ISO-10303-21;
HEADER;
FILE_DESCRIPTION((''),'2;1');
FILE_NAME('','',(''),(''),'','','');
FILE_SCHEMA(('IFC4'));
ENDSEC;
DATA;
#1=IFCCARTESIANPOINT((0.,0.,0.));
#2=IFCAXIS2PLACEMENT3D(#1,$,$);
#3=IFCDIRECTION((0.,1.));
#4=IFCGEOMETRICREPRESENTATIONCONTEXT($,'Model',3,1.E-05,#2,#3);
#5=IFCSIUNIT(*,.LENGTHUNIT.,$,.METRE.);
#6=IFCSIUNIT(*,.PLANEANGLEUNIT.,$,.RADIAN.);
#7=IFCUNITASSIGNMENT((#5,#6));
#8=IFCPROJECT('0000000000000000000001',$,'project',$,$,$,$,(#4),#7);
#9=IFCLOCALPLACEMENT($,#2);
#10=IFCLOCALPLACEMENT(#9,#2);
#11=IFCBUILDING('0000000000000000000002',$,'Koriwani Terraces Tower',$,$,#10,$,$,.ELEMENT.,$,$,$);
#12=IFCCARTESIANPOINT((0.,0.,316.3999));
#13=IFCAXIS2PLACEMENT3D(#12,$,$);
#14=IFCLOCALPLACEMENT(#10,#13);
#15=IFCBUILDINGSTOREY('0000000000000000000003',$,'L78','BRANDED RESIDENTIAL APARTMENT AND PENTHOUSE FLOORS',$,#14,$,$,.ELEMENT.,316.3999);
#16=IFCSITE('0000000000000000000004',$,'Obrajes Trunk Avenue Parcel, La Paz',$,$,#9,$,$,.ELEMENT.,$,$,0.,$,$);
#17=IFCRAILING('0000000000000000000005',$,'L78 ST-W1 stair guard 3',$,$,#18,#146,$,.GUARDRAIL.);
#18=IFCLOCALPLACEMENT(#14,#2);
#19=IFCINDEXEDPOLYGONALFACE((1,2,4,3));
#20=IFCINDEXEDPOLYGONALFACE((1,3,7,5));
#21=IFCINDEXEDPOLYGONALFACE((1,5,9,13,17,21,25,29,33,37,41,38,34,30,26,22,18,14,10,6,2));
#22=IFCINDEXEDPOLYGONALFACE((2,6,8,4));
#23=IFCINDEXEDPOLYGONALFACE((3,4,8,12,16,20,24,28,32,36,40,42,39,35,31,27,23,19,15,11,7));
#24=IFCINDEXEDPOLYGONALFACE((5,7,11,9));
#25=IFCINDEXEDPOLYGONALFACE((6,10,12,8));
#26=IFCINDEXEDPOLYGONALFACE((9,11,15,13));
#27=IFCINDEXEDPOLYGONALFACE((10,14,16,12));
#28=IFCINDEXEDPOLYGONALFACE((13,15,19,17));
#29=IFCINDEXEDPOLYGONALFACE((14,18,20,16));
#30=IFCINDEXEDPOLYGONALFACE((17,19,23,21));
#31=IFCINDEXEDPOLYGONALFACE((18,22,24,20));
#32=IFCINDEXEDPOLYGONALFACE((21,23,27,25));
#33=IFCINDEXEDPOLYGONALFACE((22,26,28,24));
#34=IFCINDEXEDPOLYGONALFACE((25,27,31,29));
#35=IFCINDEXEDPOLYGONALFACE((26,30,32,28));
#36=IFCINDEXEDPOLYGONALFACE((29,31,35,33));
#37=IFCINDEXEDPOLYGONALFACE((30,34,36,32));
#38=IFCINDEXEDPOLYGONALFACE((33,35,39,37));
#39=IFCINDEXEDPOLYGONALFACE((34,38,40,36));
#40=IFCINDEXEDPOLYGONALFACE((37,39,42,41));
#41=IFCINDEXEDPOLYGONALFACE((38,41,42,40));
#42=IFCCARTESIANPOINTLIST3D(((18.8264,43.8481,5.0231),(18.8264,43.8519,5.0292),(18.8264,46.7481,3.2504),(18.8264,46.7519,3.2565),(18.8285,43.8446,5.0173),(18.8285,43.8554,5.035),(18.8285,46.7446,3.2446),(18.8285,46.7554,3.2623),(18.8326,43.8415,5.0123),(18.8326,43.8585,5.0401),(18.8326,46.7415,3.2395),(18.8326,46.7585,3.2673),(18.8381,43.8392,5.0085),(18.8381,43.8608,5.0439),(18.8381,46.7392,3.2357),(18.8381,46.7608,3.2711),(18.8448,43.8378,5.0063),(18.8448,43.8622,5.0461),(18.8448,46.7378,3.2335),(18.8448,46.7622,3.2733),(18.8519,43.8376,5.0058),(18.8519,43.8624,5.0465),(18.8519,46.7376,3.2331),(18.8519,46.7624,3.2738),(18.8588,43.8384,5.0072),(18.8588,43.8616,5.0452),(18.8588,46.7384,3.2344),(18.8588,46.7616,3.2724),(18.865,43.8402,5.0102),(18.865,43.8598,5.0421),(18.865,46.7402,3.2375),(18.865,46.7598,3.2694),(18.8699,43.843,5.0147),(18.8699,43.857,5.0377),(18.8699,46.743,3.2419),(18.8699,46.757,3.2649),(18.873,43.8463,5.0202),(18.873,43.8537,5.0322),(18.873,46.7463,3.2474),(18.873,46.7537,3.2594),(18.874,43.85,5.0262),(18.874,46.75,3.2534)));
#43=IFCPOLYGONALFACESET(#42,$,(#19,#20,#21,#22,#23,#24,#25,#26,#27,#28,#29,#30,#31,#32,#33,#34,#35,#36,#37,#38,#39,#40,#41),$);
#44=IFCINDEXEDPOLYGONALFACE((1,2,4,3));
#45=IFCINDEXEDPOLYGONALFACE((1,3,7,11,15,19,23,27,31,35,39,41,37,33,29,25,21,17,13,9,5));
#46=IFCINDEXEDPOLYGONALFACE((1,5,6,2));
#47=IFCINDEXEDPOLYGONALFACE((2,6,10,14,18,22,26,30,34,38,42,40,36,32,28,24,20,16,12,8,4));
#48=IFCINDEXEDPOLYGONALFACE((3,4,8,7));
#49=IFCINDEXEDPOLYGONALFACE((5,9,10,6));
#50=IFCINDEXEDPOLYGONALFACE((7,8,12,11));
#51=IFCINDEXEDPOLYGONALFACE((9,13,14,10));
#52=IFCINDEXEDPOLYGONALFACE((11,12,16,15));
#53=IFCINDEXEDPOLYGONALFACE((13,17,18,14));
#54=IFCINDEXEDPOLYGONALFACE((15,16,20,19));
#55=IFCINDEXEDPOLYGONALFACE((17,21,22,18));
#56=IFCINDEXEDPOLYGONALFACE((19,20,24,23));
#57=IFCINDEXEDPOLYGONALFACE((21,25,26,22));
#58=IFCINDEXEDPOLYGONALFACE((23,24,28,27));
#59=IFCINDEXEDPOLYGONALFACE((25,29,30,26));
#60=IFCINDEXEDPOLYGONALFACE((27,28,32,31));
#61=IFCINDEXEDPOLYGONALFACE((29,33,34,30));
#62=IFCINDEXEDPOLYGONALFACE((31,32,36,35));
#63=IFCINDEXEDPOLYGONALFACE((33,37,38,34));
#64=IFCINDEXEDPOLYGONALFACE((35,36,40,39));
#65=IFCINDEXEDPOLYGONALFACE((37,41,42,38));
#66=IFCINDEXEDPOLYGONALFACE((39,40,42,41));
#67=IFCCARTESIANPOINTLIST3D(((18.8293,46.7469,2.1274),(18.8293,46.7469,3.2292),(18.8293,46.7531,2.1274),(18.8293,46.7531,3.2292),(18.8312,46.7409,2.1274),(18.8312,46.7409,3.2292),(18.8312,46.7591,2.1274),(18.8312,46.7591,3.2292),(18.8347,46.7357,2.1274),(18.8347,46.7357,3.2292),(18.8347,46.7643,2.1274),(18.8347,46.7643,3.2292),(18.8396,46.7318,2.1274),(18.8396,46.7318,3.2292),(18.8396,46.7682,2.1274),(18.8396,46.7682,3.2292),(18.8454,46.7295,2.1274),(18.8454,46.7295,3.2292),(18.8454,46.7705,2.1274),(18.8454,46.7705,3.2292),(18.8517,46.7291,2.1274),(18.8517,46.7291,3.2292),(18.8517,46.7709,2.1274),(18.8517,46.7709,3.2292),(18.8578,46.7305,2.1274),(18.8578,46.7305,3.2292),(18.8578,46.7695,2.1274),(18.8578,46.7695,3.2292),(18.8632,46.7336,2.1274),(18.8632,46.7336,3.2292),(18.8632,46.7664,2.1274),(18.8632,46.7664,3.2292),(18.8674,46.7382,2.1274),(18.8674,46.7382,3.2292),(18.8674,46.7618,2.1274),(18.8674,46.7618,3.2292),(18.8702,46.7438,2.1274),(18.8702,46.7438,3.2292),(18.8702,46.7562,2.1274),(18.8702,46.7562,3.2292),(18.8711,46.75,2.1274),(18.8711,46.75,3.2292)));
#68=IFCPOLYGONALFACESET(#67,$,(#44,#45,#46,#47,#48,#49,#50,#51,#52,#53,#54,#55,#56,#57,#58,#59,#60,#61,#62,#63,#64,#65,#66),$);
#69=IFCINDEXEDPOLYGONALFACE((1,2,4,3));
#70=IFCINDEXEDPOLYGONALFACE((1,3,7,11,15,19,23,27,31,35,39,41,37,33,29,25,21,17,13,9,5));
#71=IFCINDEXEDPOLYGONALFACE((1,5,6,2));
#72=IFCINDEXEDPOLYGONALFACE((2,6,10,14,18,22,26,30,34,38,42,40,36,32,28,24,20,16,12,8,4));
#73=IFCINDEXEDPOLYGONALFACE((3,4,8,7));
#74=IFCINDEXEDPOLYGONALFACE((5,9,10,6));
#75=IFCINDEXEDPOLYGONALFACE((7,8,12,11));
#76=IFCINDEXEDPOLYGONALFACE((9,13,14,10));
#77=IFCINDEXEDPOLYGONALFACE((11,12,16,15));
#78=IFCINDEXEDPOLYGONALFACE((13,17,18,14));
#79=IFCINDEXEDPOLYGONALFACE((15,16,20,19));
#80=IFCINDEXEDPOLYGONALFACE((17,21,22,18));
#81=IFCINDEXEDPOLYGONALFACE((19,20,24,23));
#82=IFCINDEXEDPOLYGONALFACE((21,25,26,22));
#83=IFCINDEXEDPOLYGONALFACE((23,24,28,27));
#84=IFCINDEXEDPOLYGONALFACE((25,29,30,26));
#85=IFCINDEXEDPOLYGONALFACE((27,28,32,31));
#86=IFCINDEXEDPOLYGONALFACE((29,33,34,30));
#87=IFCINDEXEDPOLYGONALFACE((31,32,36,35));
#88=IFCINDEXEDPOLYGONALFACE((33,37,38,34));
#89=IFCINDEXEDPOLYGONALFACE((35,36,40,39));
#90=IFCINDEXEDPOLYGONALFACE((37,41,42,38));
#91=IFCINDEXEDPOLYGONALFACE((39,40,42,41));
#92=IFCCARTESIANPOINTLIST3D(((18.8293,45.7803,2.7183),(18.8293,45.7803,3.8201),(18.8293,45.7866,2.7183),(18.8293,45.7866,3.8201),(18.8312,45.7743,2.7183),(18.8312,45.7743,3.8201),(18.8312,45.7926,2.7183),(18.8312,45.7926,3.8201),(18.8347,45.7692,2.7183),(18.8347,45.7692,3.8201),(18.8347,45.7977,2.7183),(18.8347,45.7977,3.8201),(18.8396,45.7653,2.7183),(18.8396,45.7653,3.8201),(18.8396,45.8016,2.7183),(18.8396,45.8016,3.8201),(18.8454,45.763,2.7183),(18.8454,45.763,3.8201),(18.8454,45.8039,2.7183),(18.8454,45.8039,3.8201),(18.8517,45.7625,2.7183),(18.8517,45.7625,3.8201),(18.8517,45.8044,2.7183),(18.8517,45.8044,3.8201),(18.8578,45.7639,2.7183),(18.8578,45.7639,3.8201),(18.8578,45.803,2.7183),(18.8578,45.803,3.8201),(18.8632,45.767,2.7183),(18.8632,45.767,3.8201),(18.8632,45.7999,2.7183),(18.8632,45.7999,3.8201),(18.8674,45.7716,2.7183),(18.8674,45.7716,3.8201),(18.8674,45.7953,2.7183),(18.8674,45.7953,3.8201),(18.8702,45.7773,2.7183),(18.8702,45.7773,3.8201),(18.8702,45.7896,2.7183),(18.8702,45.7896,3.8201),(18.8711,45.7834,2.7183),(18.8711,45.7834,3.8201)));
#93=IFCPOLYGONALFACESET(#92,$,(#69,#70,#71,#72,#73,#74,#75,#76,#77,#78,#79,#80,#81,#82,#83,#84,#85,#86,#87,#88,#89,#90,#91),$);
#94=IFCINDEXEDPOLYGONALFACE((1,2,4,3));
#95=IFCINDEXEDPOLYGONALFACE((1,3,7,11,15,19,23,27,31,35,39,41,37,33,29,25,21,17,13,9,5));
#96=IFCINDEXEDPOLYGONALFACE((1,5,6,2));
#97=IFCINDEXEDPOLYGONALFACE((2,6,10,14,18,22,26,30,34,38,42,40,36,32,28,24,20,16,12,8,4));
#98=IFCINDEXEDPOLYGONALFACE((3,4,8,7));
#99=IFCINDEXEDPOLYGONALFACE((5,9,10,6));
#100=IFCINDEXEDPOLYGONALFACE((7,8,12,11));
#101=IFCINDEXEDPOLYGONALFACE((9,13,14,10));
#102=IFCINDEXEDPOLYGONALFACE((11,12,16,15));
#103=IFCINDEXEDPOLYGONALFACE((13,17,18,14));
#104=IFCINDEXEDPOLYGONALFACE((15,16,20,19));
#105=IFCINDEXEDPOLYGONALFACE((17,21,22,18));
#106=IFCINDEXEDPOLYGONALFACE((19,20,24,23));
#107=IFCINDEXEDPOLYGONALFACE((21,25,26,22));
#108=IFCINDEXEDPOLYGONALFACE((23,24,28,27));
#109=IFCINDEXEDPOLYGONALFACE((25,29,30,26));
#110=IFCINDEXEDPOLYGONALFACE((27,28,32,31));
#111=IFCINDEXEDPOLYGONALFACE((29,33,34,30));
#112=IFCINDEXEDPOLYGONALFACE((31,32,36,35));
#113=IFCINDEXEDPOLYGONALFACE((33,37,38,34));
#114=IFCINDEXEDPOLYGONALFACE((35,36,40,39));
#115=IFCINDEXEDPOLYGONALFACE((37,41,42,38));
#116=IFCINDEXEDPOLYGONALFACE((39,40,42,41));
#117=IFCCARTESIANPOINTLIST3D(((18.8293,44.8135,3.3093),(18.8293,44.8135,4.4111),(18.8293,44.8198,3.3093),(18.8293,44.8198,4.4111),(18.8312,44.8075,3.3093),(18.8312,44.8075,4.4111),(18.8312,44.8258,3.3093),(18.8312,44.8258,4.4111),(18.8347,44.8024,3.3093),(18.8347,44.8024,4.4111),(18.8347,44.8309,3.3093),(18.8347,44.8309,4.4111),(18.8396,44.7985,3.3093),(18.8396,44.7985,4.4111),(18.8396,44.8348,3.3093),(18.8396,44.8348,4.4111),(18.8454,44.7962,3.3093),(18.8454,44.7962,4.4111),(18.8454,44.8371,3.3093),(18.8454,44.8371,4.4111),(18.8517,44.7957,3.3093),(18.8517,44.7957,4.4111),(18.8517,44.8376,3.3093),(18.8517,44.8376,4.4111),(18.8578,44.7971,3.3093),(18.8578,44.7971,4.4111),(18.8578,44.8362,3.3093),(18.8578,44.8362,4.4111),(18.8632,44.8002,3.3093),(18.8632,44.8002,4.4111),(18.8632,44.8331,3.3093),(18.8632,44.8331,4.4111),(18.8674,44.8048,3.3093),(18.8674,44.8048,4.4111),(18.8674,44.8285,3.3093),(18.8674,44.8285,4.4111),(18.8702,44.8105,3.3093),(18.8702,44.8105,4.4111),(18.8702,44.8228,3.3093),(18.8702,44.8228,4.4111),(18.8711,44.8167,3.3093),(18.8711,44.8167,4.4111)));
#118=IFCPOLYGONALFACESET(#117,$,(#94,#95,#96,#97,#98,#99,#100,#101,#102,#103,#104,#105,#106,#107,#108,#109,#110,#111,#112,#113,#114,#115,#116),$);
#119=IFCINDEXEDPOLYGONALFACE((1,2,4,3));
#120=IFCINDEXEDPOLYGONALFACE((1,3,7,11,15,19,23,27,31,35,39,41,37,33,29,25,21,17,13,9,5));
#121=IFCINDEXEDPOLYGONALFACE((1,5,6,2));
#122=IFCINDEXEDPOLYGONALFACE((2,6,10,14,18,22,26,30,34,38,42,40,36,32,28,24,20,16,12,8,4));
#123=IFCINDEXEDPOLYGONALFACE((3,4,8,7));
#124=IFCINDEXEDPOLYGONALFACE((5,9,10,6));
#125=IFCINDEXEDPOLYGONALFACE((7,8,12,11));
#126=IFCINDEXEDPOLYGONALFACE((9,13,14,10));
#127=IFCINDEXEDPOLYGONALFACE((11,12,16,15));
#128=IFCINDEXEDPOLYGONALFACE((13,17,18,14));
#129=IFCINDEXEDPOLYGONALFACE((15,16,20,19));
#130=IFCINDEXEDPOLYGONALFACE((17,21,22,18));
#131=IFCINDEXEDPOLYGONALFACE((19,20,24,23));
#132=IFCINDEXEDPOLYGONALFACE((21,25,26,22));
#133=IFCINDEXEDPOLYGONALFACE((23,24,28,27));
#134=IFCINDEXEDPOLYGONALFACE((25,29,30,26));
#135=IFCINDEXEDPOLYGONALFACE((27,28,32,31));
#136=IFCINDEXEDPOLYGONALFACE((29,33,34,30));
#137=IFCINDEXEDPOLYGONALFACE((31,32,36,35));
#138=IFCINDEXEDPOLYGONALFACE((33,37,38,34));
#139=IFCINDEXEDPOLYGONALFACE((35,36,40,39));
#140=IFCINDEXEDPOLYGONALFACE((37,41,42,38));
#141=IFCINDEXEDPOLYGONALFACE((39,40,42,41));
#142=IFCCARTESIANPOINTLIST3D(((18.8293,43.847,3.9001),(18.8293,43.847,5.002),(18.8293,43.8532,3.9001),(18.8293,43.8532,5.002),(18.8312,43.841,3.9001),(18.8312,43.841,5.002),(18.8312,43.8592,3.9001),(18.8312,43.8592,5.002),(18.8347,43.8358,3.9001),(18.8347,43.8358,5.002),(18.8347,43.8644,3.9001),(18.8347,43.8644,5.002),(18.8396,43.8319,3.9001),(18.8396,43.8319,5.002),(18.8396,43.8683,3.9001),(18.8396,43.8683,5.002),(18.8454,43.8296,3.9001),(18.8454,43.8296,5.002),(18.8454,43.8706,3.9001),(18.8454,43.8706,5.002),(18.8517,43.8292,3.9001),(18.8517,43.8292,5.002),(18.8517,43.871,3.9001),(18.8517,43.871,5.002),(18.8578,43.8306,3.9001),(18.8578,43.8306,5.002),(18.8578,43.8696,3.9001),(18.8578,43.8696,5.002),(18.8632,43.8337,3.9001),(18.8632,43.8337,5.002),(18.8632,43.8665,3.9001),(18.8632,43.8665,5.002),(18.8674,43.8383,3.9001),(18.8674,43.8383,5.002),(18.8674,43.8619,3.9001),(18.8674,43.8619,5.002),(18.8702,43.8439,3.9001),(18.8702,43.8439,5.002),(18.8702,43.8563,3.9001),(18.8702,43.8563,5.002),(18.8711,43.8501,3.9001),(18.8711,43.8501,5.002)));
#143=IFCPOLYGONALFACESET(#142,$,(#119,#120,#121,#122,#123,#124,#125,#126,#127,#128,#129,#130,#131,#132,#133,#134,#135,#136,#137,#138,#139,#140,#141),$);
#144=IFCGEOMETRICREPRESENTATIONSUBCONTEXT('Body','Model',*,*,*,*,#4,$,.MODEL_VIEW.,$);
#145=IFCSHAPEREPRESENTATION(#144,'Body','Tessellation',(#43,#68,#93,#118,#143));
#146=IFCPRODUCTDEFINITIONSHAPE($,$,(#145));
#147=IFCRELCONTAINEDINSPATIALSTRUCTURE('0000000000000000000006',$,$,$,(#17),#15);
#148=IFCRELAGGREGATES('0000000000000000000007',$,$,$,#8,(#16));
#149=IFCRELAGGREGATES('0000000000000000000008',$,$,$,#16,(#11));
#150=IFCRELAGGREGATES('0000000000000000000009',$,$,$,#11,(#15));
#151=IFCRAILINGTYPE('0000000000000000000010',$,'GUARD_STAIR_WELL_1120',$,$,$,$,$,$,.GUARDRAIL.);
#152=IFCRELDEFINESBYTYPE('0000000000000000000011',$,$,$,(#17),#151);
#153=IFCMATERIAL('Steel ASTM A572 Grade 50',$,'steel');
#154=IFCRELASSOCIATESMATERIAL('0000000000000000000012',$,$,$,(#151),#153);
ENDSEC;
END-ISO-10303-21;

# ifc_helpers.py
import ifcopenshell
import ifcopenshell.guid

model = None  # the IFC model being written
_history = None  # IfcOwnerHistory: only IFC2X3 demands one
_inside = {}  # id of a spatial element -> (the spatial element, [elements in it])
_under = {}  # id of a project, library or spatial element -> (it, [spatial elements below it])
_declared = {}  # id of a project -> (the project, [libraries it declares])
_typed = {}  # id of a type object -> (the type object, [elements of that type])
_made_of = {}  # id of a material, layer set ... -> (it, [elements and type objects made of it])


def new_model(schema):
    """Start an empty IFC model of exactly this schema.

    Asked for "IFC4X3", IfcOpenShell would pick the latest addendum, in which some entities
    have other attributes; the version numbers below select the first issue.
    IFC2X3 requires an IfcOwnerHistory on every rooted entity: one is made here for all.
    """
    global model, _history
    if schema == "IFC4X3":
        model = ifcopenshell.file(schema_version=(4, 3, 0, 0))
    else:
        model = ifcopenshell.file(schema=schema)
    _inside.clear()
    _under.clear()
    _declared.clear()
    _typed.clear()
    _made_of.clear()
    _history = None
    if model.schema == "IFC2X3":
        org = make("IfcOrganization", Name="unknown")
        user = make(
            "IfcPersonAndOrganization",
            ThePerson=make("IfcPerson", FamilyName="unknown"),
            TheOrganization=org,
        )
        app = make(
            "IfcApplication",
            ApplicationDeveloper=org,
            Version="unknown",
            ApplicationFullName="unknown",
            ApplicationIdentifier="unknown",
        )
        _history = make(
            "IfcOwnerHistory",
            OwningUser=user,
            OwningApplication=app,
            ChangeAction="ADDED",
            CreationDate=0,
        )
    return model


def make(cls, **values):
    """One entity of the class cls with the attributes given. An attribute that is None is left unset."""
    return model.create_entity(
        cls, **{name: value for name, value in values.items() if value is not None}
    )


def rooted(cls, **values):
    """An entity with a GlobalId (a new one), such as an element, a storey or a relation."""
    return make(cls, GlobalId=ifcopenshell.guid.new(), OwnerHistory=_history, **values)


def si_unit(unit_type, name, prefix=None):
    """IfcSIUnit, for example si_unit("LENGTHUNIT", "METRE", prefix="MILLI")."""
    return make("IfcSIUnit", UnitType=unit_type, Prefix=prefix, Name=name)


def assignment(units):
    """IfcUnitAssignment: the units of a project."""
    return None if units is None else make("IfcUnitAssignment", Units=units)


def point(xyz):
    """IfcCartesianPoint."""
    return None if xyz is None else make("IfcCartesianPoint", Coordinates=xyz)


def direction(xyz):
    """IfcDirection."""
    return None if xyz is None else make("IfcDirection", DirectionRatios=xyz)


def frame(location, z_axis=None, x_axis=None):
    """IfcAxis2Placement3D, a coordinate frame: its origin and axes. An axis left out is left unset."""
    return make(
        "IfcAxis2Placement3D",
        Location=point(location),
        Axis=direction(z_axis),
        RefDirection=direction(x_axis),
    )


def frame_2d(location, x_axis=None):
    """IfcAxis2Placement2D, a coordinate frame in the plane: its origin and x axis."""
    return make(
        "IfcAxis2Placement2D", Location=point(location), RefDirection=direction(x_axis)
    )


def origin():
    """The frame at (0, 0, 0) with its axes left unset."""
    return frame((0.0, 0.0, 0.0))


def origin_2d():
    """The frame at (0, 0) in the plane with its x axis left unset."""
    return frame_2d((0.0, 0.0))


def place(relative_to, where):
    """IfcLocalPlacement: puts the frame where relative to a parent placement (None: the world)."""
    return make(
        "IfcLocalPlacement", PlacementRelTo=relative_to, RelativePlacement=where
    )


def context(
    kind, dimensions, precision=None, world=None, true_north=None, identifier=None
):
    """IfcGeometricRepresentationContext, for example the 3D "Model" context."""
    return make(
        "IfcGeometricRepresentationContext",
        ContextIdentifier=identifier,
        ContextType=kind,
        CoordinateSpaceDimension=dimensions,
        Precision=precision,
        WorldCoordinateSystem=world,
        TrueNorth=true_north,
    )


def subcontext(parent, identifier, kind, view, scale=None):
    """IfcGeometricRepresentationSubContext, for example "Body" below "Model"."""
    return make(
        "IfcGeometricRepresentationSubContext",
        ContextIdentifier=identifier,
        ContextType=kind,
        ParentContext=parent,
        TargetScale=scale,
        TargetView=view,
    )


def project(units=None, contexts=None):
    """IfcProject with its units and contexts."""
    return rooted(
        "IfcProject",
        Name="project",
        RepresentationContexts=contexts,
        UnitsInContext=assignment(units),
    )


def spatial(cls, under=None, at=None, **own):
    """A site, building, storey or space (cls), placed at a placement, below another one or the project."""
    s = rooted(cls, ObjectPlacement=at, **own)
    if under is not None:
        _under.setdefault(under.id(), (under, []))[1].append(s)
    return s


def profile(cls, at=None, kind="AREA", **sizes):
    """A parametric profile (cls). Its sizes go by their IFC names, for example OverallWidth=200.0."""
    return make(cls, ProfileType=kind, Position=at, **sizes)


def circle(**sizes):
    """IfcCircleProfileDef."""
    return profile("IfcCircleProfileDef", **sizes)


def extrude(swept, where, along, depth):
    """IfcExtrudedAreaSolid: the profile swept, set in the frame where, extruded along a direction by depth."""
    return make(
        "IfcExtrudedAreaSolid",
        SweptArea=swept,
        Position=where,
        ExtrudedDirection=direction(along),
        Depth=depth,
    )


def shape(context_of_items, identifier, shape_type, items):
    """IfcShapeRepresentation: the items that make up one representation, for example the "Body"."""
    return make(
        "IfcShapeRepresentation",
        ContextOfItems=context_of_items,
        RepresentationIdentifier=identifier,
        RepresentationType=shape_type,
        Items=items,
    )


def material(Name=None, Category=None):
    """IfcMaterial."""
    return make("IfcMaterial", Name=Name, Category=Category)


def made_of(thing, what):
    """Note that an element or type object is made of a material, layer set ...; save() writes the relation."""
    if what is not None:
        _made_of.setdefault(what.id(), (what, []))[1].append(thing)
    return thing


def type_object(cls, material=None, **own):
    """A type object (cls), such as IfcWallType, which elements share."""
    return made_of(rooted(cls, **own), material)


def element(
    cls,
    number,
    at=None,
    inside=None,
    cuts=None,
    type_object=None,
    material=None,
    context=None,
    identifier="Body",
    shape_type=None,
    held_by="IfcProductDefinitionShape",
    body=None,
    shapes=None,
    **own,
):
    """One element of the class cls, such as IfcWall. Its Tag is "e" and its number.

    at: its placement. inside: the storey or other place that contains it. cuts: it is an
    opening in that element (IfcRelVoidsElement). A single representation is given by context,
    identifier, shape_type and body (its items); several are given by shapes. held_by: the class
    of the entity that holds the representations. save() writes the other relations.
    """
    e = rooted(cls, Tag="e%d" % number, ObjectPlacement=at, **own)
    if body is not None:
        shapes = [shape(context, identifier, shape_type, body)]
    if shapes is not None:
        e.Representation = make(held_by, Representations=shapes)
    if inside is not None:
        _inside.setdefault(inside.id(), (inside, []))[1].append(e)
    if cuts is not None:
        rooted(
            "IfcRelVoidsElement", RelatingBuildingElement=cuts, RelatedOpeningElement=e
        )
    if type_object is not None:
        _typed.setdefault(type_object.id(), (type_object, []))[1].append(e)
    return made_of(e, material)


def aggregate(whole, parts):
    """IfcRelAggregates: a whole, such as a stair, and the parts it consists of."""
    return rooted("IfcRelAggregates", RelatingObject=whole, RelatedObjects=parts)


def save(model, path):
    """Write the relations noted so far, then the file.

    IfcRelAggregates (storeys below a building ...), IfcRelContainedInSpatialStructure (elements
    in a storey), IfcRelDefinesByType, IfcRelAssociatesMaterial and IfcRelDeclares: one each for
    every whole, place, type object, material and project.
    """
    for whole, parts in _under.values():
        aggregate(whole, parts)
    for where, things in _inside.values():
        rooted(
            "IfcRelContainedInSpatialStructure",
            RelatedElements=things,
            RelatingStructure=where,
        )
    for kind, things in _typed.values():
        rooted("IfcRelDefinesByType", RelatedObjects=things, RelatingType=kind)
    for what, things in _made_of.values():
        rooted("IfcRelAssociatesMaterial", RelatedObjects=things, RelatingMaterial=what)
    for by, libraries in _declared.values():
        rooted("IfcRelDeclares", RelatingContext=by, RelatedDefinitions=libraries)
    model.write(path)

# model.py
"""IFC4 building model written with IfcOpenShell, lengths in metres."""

from ifc_helpers import new_model, si_unit, direction, frame, origin, origin_2d, place, context, subcontext, project, spatial, circle, extrude, material, type_object, element, save


model = new_model("IFC4")

# Units and contexts
model_context = context("Model", 3, precision=1e-05, world=origin(), true_north=direction((0.0, 1.0)))
body_context = subcontext(model_context, "Body", "Model", "MODEL_VIEW")
ifc_project = project(units=[si_unit("LENGTHUNIT", "METRE"), si_unit("PLANEANGLEUNIT", "RADIAN")], contexts=[model_context])

# Site, building, storey
site_placement = place(None, origin())
site = spatial("IfcSite", under=ifc_project, at=site_placement, Name="Obrajes Trunk Avenue Parcel, La Paz", CompositionType="ELEMENT", RefElevation=0.0)
building_placement = place(site_placement, origin())
building = spatial("IfcBuilding", under=site, at=building_placement, Name="Koriwani Terraces Tower", CompositionType="ELEMENT")
storey_placement = place(building_placement, frame((0.0, 0.0, 316.3999)))
storey = spatial("IfcBuildingStorey", under=building, at=storey_placement, Name="L78", Description="BRANDED RESIDENTIAL APARTMENT AND PENTHOUSE FLOORS", CompositionType="ELEMENT", Elevation=316.3999)

# Shared definitions
ifc_material_1 = material(Name="Steel ASTM A572 Grade 50", Category="steel")

# Railing
railing_type_1 = type_object("IfcRailingType", Name="GUARD_STAIR_WELL_1120", PredefinedType="GUARDRAIL", material=ifc_material_1)
for number, where, name in (
    (1, (18.8501, 46.75, 2.1274), "L78 ST-W1 stair guard 3"),
):
    element("IfcRailing", number, at=place(storey_placement, frame(where)), inside=storey, type_object=railing_type_1, Name=name, PredefinedType="GUARDRAIL", context=body_context, shape_type="SweptSolid", body=[
        extrude(circle(Radius=0.0239, at=origin_2d()), frame((0.0, 0.0, 1.126), z_axis=(0.0, -0.853211, 0.521566), x_axis=(1.0, 0.0, 0.0)), (0.0, 0.0, 1.0), 3.3989),
        extrude(circle(Radius=0.021, at=origin_2d()), origin(), (0.0, 0.0, 1.0), 1.1018),
        extrude(circle(Radius=0.021, at=origin_2d()), frame((0.0, -0.9666, 0.5908)), (0.0, 0.0, 1.0), 1.1018),
        extrude(circle(Radius=0.021, at=origin_2d()), frame((0.0, -1.9333, 1.1819)), (0.0, 0.0, 1.0), 1.1018),
        extrude(circle(Radius=0.021, at=origin_2d()), frame((0.0, -2.8999, 1.7727)), (0.0, 0.0, 1.0), 1.1018),
    ])

save(model, "model.ifc")
